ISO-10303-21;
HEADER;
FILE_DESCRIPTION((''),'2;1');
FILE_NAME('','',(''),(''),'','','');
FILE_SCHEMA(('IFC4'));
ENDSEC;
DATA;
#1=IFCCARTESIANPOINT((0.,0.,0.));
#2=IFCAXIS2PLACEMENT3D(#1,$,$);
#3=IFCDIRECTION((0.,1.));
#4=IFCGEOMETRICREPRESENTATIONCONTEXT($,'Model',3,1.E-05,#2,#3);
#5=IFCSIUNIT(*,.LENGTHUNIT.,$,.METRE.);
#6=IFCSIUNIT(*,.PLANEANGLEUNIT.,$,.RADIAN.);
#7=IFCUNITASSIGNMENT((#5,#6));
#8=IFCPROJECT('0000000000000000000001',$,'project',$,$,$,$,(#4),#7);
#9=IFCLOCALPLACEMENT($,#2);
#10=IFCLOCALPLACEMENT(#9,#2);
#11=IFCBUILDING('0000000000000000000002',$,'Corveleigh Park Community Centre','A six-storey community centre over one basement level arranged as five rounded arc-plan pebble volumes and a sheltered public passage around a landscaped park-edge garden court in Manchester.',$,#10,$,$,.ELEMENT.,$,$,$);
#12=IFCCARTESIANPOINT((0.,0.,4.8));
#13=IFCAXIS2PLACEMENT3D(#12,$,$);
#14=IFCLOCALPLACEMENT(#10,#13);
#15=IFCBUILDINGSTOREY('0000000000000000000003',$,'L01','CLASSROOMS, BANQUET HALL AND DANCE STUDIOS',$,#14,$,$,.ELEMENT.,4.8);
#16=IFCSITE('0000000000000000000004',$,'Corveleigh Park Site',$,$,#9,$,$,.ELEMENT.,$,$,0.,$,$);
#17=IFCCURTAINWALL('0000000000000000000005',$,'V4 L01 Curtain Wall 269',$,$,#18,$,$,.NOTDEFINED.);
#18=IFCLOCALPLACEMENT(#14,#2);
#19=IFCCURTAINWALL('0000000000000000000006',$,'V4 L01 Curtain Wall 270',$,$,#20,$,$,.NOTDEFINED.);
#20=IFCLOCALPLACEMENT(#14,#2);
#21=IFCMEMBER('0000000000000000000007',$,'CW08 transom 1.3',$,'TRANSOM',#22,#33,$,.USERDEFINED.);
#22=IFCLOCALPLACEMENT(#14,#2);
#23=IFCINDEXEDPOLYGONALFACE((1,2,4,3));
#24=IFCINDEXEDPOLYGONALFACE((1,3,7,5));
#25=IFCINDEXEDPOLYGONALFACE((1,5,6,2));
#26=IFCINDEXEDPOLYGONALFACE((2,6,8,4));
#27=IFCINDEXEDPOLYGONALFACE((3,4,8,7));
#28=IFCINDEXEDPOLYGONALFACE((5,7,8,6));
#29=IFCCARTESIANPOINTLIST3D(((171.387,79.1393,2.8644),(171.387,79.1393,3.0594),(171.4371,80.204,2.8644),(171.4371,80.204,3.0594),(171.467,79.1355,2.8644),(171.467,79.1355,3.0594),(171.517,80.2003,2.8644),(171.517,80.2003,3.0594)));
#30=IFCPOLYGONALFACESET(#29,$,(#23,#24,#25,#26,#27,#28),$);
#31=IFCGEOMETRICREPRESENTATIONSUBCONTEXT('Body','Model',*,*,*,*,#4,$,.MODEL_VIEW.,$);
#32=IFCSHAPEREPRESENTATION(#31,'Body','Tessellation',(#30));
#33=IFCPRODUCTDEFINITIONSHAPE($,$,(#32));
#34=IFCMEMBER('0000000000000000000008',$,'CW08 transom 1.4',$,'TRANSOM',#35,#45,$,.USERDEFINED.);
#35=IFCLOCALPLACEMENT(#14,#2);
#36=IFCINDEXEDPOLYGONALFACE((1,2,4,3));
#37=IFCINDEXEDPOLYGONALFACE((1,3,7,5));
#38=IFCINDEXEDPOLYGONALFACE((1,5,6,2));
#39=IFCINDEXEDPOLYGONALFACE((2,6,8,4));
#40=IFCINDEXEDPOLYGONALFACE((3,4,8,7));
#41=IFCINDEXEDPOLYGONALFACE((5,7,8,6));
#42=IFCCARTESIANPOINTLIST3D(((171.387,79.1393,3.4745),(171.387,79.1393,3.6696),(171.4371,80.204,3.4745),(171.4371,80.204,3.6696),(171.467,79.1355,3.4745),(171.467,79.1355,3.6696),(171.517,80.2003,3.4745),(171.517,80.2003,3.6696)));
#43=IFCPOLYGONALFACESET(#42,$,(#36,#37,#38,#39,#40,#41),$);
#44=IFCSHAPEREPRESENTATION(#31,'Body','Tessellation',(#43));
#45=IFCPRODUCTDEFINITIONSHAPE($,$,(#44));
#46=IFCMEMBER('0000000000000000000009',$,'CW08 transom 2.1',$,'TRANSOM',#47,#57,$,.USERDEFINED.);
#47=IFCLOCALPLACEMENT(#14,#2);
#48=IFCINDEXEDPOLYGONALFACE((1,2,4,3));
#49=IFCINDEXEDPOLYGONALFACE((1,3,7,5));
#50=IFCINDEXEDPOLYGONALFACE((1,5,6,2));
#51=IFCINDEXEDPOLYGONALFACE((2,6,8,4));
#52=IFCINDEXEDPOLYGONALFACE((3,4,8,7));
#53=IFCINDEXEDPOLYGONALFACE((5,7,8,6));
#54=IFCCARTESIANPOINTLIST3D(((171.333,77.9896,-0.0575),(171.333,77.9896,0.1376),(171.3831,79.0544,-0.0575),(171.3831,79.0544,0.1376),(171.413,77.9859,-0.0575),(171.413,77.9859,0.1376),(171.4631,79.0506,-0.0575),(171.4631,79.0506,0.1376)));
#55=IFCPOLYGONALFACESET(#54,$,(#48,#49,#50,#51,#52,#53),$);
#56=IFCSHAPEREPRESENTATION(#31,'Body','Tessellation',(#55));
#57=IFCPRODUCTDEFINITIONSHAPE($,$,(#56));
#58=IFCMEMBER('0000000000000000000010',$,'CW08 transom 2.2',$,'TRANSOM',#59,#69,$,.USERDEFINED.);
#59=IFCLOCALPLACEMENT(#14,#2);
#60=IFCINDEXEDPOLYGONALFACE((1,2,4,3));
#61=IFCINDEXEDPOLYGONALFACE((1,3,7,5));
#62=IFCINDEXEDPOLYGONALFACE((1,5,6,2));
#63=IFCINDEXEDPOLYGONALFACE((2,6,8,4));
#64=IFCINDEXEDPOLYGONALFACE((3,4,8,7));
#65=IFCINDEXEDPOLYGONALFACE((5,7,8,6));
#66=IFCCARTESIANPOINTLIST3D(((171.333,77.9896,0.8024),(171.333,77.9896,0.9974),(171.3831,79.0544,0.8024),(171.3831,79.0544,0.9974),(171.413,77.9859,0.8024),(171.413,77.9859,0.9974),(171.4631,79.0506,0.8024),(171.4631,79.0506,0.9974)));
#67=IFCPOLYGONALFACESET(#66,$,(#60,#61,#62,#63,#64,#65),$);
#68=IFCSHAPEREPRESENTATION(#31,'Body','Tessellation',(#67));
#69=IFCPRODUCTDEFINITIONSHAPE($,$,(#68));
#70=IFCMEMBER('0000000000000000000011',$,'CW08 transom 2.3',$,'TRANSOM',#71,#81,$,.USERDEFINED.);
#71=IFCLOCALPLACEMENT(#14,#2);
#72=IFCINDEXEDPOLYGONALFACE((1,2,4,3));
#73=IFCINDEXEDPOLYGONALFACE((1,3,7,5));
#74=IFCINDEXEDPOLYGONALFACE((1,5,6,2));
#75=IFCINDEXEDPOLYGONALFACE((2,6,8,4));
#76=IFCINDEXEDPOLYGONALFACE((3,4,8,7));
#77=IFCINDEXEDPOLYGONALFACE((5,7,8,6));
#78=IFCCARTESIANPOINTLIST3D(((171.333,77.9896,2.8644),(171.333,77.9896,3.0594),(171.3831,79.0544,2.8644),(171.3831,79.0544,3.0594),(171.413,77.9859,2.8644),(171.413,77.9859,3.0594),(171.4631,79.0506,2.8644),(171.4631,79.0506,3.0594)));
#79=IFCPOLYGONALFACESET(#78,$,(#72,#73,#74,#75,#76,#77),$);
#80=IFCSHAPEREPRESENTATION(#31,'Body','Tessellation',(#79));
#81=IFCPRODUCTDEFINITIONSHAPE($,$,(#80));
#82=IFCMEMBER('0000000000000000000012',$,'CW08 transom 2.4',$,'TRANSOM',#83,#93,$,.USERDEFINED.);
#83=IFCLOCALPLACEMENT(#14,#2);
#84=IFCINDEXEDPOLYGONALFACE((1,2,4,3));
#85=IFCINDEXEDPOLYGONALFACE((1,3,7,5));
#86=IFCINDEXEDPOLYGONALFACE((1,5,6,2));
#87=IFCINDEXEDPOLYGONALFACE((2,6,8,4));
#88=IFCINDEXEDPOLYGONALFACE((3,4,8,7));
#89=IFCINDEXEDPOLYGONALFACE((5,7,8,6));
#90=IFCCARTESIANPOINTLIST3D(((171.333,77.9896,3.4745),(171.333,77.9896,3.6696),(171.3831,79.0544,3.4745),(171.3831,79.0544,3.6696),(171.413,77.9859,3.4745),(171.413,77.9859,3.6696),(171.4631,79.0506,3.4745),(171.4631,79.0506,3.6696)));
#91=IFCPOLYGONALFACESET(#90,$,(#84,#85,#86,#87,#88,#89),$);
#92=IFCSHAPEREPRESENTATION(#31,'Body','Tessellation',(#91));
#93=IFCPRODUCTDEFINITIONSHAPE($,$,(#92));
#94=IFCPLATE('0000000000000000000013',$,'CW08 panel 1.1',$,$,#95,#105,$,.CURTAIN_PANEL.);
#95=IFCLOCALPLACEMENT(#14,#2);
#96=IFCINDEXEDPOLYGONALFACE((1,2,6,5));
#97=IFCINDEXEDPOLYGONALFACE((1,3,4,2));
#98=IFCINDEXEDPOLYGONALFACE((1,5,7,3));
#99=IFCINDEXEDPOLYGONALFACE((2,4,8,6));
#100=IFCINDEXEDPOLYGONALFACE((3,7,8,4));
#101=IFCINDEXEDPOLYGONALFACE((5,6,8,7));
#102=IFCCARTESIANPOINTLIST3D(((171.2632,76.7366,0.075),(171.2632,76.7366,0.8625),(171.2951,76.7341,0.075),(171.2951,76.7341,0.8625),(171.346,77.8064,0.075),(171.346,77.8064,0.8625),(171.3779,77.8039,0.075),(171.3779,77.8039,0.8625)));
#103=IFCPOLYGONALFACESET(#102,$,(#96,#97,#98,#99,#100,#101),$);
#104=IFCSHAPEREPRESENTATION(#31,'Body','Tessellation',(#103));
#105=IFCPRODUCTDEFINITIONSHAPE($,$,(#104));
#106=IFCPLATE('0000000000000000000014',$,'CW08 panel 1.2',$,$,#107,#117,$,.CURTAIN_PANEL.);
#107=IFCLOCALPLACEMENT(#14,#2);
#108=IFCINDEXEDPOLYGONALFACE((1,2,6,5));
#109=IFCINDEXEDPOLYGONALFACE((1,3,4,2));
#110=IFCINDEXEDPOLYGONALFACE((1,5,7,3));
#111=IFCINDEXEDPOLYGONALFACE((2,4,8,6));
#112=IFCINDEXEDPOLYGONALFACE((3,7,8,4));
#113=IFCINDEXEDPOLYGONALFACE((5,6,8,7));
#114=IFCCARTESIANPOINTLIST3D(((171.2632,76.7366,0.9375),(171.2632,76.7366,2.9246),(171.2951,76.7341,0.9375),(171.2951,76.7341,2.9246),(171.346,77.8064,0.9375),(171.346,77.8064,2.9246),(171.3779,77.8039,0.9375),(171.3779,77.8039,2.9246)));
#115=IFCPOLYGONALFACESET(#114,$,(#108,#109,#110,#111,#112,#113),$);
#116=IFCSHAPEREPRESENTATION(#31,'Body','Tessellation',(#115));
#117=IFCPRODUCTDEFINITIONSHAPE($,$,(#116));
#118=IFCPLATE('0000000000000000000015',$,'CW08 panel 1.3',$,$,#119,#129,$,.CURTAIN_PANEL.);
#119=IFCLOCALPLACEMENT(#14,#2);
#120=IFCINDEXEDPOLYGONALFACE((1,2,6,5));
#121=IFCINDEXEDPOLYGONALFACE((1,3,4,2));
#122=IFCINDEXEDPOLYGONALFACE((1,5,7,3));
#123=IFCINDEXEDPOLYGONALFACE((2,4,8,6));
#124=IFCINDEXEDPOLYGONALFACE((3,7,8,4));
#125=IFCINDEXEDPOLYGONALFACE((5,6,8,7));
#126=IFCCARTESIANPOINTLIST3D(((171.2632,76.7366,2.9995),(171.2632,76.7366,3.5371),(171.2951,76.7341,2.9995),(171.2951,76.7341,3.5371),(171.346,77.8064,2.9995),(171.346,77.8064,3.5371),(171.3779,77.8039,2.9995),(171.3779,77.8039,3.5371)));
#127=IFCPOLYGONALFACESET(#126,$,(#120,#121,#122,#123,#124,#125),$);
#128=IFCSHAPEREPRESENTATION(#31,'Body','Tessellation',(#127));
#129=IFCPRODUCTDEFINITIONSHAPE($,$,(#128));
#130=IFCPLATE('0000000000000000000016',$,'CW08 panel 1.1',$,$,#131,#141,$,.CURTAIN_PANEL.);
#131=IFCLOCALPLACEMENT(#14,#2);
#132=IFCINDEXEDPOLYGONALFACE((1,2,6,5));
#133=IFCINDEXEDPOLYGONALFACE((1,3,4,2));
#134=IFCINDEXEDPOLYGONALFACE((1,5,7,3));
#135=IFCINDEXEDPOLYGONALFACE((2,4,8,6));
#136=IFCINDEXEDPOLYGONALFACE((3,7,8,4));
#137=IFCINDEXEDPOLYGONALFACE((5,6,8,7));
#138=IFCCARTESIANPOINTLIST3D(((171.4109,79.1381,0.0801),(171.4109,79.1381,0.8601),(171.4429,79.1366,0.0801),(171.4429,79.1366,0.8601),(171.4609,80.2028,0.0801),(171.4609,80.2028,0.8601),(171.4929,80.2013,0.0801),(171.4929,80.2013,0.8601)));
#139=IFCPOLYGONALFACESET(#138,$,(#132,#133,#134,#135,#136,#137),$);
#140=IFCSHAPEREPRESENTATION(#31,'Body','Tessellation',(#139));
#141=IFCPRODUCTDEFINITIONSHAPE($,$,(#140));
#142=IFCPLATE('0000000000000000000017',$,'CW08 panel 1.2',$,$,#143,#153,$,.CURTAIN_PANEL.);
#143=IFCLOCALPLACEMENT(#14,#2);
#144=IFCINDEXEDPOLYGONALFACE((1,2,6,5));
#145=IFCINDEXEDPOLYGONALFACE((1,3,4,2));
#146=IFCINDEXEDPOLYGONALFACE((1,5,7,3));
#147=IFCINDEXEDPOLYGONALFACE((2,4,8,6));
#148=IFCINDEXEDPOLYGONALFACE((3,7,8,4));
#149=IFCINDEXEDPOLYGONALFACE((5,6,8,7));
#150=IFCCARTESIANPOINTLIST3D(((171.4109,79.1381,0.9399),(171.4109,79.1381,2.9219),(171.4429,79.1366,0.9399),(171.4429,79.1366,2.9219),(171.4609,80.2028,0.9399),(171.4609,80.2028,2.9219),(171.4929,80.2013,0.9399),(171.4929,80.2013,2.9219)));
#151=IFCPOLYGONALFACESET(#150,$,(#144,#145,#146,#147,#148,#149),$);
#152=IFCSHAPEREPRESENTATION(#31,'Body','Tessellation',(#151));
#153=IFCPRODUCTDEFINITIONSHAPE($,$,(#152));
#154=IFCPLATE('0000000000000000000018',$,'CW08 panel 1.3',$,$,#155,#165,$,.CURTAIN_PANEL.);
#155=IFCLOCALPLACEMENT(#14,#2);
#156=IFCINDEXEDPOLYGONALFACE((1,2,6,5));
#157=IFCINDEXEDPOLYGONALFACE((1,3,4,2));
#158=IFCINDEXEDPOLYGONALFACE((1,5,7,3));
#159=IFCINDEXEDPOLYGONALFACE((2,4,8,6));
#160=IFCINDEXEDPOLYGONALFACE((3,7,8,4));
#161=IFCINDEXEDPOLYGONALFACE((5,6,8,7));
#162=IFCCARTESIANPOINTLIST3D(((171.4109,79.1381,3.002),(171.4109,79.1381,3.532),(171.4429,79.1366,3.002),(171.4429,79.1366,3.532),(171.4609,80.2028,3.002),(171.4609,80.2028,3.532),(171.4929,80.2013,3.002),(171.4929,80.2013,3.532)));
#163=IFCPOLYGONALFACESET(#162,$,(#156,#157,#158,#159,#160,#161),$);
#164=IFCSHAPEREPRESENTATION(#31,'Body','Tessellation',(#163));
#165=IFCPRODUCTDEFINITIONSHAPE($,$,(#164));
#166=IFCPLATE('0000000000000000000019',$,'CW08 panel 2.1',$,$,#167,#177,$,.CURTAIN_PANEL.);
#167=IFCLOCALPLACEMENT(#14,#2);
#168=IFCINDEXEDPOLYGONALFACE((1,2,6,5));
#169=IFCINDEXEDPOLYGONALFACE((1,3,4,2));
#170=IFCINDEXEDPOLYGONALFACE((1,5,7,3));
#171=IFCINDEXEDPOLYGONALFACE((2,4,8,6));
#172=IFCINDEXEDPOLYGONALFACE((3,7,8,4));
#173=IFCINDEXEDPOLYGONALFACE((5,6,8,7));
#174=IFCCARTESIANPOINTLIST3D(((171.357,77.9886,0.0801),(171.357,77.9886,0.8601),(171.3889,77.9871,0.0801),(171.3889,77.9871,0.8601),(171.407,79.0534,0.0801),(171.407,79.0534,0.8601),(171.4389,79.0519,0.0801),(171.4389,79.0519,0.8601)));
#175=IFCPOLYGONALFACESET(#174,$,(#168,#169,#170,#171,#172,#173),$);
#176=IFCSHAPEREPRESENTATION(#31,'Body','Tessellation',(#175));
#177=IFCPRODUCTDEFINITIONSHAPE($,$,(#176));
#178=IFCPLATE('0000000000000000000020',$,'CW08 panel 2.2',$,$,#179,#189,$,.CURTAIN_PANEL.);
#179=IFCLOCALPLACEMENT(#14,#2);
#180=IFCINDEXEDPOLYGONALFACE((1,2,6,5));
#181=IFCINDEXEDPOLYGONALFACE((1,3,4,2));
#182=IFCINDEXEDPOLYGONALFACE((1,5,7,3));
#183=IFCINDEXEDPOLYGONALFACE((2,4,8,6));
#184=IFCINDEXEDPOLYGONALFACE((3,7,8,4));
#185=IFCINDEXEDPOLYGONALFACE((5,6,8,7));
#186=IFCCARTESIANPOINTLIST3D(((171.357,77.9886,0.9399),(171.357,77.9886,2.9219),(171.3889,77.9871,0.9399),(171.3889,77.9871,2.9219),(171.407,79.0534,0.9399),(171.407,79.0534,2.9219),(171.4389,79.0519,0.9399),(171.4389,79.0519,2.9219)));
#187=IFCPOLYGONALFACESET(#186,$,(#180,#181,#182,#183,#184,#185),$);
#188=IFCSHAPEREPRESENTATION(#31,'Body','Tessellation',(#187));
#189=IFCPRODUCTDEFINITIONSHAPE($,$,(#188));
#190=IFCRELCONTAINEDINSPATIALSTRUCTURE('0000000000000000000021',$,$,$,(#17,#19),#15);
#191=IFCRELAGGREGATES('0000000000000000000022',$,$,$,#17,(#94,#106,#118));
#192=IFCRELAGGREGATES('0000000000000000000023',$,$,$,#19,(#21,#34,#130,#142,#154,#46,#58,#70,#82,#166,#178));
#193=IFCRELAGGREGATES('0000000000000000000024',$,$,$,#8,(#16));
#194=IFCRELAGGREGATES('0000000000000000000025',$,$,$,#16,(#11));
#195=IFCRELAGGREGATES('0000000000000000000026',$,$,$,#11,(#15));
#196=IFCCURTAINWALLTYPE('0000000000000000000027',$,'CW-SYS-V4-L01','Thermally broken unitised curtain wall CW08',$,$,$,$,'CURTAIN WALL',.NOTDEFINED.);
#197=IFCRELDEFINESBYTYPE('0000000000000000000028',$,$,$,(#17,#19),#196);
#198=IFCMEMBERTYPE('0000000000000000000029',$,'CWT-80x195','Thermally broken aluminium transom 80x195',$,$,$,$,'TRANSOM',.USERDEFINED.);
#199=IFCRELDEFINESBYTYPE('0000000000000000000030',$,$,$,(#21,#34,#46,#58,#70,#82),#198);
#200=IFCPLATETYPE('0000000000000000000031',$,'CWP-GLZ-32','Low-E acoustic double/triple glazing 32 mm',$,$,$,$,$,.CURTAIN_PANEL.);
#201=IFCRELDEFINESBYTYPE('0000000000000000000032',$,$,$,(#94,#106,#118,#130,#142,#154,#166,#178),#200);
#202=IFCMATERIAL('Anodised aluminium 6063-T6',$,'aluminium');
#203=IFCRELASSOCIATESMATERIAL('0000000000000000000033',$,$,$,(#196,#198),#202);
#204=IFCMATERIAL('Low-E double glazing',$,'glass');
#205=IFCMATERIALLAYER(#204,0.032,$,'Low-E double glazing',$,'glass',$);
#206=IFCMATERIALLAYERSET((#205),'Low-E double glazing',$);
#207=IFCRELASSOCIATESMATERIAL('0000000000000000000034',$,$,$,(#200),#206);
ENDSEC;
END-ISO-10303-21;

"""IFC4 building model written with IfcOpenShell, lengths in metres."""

from ifc_helpers import new_model, si_unit, direction, frame, origin, origin_2d, place, context, subcontext, project, spatial, rectangle, extrude, material, layer, layer_set, material_profile, profile_set, type_object, element, aggregate, save


model = new_model("IFC4")

# Units and contexts
model_context = context("Model", 3, precision=1e-05, world=origin(), true_north=direction((0.0, 1.0)))
body_context = subcontext(model_context, "Body", "Model", "MODEL_VIEW")
ifc_project = project(units=[si_unit("LENGTHUNIT", "METRE"), si_unit("PLANEANGLEUNIT", "RADIAN")], contexts=[model_context])

# Site, building, storey
site_placement = place(None, origin())
site = spatial("IfcSite", under=ifc_project, at=site_placement, Name="Corveleigh Park Site", CompositionType="ELEMENT", RefElevation=0.0)
building_placement = place(site_placement, origin())
building = spatial("IfcBuilding", under=site, at=building_placement, Name="Corveleigh Park Community Centre", Description="A six-storey community centre over one basement level arranged as five rounded arc-plan pebble volumes and a sheltered public passage around a landscaped park-edge garden court in Manchester.", CompositionType="ELEMENT")
storey_placement = place(building_placement, frame((0.0, 0.0, 4.8)))
storey = spatial("IfcBuildingStorey", under=building, at=storey_placement, Name="L01", Description="CLASSROOMS, BANQUET HALL AND DANCE STUDIOS", CompositionType="ELEMENT", Elevation=4.8)

# Curtain walls
ifc_material_1 = material(Name="Anodised aluminium 6063-T6", Category="aluminium")
curtain_wall_type = type_object("IfcCurtainWallType", Name="CW-SYS-V4-L01", Description="Thermally broken unitised curtain wall CW08", ElementType="CURTAIN WALL", PredefinedType="NOTDEFINED", material=ifc_material_1)
curtain_wall_1_placement = place(storey_placement, origin())
curtain_wall_1 = element("IfcCurtainWall", 1, at=curtain_wall_1_placement, inside=storey, type_object=curtain_wall_type, Name="V4 L01 Curtain Wall 269", PredefinedType="NOTDEFINED")
curtain_wall_2_placement = place(storey_placement, origin())
curtain_wall_2 = element("IfcCurtainWall", 2, at=curtain_wall_2_placement, inside=storey, type_object=curtain_wall_type, Name="V4 L01 Curtain Wall 270", PredefinedType="NOTDEFINED")

# Members
ifc_material_profile_1 = material_profile(ifc_material_1, rectangle(XDim=0.0801, YDim=0.1951, at=origin_2d()), Name="ALU-T80x195", Category="aluminium")
ifc_profile_set_1 = profile_set([ifc_material_profile_1], Name="Anodised aluminium 6063-T6")
member_type_1 = type_object("IfcMemberType", Name="CWT-80x195", Description="Thermally broken aluminium transom 80x195", ElementType="TRANSOM", PredefinedType="USERDEFINED", material=ifc_profile_set_1)
member_1_placement = place(storey_placement, frame((171.4771, 80.2021, 2.9619), z_axis=(-0.046956, -0.998897, 0.0), x_axis=(0.998897, -0.046956, 0.0)))
member_1 = element("IfcMember", 3, at=member_1_placement, type_object=member_type_1, Name="CW08 transom 1.3", ObjectType="TRANSOM", PredefinedType="USERDEFINED", context=body_context, shape_type="SweptSolid", body=[
    extrude(rectangle(XDim=0.0801, YDim=0.1951, at=origin_2d()), origin(), (0.0, 0.0, 1.0), 1.0659),
])
member_2_placement = place(storey_placement, frame((171.4771, 80.2021, 3.572), z_axis=(-0.046956, -0.998897, 0.0), x_axis=(0.998897, -0.046956, 0.0)))
member_2 = element("IfcMember", 4, at=member_2_placement, type_object=member_type_1, Name="CW08 transom 1.4", ObjectType="TRANSOM", PredefinedType="USERDEFINED", context=body_context, shape_type="SweptSolid", body=[
    extrude(rectangle(XDim=0.0801, YDim=0.1951, at=origin_2d()), origin(), (0.0, 0.0, 1.0), 1.0659),
])
member_3_placement = place(storey_placement, frame((171.4231, 79.0525, 0.04), z_axis=(-0.046956, -0.998897, 0.0), x_axis=(0.998897, -0.046956, 0.0)))
member_3 = element("IfcMember", 5, at=member_3_placement, type_object=member_type_1, Name="CW08 transom 2.1", ObjectType="TRANSOM", PredefinedType="USERDEFINED", context=body_context, shape_type="SweptSolid", body=[
    extrude(rectangle(XDim=0.0801, YDim=0.1951, at=origin_2d()), origin(), (0.0, 0.0, 1.0), 1.0659),
])
member_4_placement = place(storey_placement, frame((171.4231, 79.0525, 0.8999), z_axis=(-0.046956, -0.998897, 0.0), x_axis=(0.998897, -0.046956, 0.0)))
member_4 = element("IfcMember", 6, at=member_4_placement, type_object=member_type_1, Name="CW08 transom 2.2", ObjectType="TRANSOM", PredefinedType="USERDEFINED", context=body_context, shape_type="SweptSolid", body=[
    extrude(rectangle(XDim=0.0801, YDim=0.1951, at=origin_2d()), origin(), (0.0, 0.0, 1.0), 1.0659),
])
member_5_placement = place(storey_placement, frame((171.4231, 79.0525, 2.9619), z_axis=(-0.046956, -0.998897, 0.0), x_axis=(0.998897, -0.046956, 0.0)))
member_5 = element("IfcMember", 7, at=member_5_placement, type_object=member_type_1, Name="CW08 transom 2.3", ObjectType="TRANSOM", PredefinedType="USERDEFINED", context=body_context, shape_type="SweptSolid", body=[
    extrude(rectangle(XDim=0.0801, YDim=0.1951, at=origin_2d()), origin(), (0.0, 0.0, 1.0), 1.0659),
])
member_6_placement = place(storey_placement, frame((171.4231, 79.0525, 3.572), z_axis=(-0.046956, -0.998897, 0.0), x_axis=(0.998897, -0.046956, 0.0)))
member_6 = element("IfcMember", 8, at=member_6_placement, type_object=member_type_1, Name="CW08 transom 2.4", ObjectType="TRANSOM", PredefinedType="USERDEFINED", context=body_context, shape_type="SweptSolid", body=[
    extrude(rectangle(XDim=0.0801, YDim=0.1951, at=origin_2d()), origin(), (0.0, 0.0, 1.0), 1.0659),
])

# Plates
ifc_material_2 = material(Name="Low-E double glazing", Category="glass")
ifc_layer = layer(ifc_material_2, 0.032, Name="Low-E double glazing", Category="glass")
ifc_layer_set = layer_set([ifc_layer], Name="Low-E double glazing")
plate_type = type_object("IfcPlateType", Name="CWP-GLZ-32", Description="Low-E acoustic double/triple glazing 32 mm", PredefinedType="CURTAIN_PANEL", material=ifc_layer_set)
plate_1_placement = place(storey_placement, frame((171.3206, 77.2703, 0.075), z_axis=(0.0, 0.0, 1.0), x_axis=(-0.077113, -0.997022, 0.0)))
plate_1 = element("IfcPlate", 9, at=plate_1_placement, type_object=plate_type, Name="CW08 panel 1.1", PredefinedType="CURTAIN_PANEL", context=body_context, shape_type="SweptSolid", body=[
    extrude(rectangle(XDim=1.073, YDim=0.032, at=origin_2d()), origin(), (0.0, 0.0, 1.0), 0.7876),
])
plate_2_placement = place(storey_placement, frame((171.3206, 77.2703, 0.9375), z_axis=(0.0, 0.0, 1.0), x_axis=(-0.077113, -0.997022, 0.0)))
plate_2 = element("IfcPlate", 10, at=plate_2_placement, type_object=plate_type, Name="CW08 panel 1.2", PredefinedType="CURTAIN_PANEL", context=body_context, shape_type="SweptSolid", body=[
    extrude(rectangle(XDim=1.073, YDim=0.032, at=origin_2d()), origin(), (0.0, 0.0, 1.0), 1.9871),
])
plate_3_placement = place(storey_placement, frame((171.3206, 77.2703, 2.9995), z_axis=(0.0, 0.0, 1.0), x_axis=(-0.077113, -0.997022, 0.0)))
plate_3 = element("IfcPlate", 11, at=plate_3_placement, type_object=plate_type, Name="CW08 panel 1.3", PredefinedType="CURTAIN_PANEL", context=body_context, shape_type="SweptSolid", body=[
    extrude(rectangle(XDim=1.073, YDim=0.032, at=origin_2d()), origin(), (0.0, 0.0, 1.0), 0.5376),
])
aggregate(curtain_wall_1, [plate_1, plate_2, plate_3])
plate_4_placement = place(storey_placement, frame((171.4519, 79.6697, 0.0801), z_axis=(0.0, 0.0, 1.0), x_axis=(-0.046928, -0.998898, 0.0)))
plate_4 = element("IfcPlate", 12, at=plate_4_placement, type_object=plate_type, Name="CW08 panel 1.1", PredefinedType="CURTAIN_PANEL", context=body_context, shape_type="SweptSolid", body=[
    extrude(rectangle(XDim=1.0659, YDim=0.032, at=origin_2d()), origin(), (0.0, 0.0, 1.0), 0.78),
])
plate_5_placement = place(storey_placement, frame((171.4519, 79.6697, 0.9399), z_axis=(0.0, 0.0, 1.0), x_axis=(-0.046928, -0.998898, 0.0)))
plate_5 = element("IfcPlate", 13, at=plate_5_placement, type_object=plate_type, Name="CW08 panel 1.2", PredefinedType="CURTAIN_PANEL", context=body_context, shape_type="SweptSolid", body=[
    extrude(rectangle(XDim=1.0659, YDim=0.032, at=origin_2d()), origin(), (0.0, 0.0, 1.0), 1.9819),
])
plate_6_placement = place(storey_placement, frame((171.4519, 79.6697, 3.002), z_axis=(0.0, 0.0, 1.0), x_axis=(-0.046928, -0.998898, 0.0)))
plate_6 = element("IfcPlate", 14, at=plate_6_placement, type_object=plate_type, Name="CW08 panel 1.3", PredefinedType="CURTAIN_PANEL", context=body_context, shape_type="SweptSolid", body=[
    extrude(rectangle(XDim=1.0659, YDim=0.032, at=origin_2d()), origin(), (0.0, 0.0, 1.0), 0.53),
])
plate_7_placement = place(storey_placement, frame((171.3979, 78.5203, 0.0801), z_axis=(0.0, 0.0, 1.0), x_axis=(-0.046928, -0.998898, 0.0)))
plate_7 = element("IfcPlate", 15, at=plate_7_placement, type_object=plate_type, Name="CW08 panel 2.1", PredefinedType="CURTAIN_PANEL", context=body_context, shape_type="SweptSolid", body=[
    extrude(rectangle(XDim=1.0659, YDim=0.032, at=origin_2d()), origin(), (0.0, 0.0, 1.0), 0.78),
])
plate_8_placement = place(storey_placement, frame((171.3979, 78.5203, 0.9399), z_axis=(0.0, 0.0, 1.0), x_axis=(-0.046928, -0.998898, 0.0)))
plate_8 = element("IfcPlate", 16, at=plate_8_placement, type_object=plate_type, Name="CW08 panel 2.2", PredefinedType="CURTAIN_PANEL", context=body_context, shape_type="SweptSolid", body=[
    extrude(rectangle(XDim=1.0659, YDim=0.032, at=origin_2d()), origin(), (0.0, 0.0, 1.0), 1.9819),
])
aggregate(curtain_wall_2, [member_1, member_2, plate_4, plate_5, plate_6, member_3, member_4, member_5, member_6, plate_7, plate_8])

save(model, "model.ifc")
